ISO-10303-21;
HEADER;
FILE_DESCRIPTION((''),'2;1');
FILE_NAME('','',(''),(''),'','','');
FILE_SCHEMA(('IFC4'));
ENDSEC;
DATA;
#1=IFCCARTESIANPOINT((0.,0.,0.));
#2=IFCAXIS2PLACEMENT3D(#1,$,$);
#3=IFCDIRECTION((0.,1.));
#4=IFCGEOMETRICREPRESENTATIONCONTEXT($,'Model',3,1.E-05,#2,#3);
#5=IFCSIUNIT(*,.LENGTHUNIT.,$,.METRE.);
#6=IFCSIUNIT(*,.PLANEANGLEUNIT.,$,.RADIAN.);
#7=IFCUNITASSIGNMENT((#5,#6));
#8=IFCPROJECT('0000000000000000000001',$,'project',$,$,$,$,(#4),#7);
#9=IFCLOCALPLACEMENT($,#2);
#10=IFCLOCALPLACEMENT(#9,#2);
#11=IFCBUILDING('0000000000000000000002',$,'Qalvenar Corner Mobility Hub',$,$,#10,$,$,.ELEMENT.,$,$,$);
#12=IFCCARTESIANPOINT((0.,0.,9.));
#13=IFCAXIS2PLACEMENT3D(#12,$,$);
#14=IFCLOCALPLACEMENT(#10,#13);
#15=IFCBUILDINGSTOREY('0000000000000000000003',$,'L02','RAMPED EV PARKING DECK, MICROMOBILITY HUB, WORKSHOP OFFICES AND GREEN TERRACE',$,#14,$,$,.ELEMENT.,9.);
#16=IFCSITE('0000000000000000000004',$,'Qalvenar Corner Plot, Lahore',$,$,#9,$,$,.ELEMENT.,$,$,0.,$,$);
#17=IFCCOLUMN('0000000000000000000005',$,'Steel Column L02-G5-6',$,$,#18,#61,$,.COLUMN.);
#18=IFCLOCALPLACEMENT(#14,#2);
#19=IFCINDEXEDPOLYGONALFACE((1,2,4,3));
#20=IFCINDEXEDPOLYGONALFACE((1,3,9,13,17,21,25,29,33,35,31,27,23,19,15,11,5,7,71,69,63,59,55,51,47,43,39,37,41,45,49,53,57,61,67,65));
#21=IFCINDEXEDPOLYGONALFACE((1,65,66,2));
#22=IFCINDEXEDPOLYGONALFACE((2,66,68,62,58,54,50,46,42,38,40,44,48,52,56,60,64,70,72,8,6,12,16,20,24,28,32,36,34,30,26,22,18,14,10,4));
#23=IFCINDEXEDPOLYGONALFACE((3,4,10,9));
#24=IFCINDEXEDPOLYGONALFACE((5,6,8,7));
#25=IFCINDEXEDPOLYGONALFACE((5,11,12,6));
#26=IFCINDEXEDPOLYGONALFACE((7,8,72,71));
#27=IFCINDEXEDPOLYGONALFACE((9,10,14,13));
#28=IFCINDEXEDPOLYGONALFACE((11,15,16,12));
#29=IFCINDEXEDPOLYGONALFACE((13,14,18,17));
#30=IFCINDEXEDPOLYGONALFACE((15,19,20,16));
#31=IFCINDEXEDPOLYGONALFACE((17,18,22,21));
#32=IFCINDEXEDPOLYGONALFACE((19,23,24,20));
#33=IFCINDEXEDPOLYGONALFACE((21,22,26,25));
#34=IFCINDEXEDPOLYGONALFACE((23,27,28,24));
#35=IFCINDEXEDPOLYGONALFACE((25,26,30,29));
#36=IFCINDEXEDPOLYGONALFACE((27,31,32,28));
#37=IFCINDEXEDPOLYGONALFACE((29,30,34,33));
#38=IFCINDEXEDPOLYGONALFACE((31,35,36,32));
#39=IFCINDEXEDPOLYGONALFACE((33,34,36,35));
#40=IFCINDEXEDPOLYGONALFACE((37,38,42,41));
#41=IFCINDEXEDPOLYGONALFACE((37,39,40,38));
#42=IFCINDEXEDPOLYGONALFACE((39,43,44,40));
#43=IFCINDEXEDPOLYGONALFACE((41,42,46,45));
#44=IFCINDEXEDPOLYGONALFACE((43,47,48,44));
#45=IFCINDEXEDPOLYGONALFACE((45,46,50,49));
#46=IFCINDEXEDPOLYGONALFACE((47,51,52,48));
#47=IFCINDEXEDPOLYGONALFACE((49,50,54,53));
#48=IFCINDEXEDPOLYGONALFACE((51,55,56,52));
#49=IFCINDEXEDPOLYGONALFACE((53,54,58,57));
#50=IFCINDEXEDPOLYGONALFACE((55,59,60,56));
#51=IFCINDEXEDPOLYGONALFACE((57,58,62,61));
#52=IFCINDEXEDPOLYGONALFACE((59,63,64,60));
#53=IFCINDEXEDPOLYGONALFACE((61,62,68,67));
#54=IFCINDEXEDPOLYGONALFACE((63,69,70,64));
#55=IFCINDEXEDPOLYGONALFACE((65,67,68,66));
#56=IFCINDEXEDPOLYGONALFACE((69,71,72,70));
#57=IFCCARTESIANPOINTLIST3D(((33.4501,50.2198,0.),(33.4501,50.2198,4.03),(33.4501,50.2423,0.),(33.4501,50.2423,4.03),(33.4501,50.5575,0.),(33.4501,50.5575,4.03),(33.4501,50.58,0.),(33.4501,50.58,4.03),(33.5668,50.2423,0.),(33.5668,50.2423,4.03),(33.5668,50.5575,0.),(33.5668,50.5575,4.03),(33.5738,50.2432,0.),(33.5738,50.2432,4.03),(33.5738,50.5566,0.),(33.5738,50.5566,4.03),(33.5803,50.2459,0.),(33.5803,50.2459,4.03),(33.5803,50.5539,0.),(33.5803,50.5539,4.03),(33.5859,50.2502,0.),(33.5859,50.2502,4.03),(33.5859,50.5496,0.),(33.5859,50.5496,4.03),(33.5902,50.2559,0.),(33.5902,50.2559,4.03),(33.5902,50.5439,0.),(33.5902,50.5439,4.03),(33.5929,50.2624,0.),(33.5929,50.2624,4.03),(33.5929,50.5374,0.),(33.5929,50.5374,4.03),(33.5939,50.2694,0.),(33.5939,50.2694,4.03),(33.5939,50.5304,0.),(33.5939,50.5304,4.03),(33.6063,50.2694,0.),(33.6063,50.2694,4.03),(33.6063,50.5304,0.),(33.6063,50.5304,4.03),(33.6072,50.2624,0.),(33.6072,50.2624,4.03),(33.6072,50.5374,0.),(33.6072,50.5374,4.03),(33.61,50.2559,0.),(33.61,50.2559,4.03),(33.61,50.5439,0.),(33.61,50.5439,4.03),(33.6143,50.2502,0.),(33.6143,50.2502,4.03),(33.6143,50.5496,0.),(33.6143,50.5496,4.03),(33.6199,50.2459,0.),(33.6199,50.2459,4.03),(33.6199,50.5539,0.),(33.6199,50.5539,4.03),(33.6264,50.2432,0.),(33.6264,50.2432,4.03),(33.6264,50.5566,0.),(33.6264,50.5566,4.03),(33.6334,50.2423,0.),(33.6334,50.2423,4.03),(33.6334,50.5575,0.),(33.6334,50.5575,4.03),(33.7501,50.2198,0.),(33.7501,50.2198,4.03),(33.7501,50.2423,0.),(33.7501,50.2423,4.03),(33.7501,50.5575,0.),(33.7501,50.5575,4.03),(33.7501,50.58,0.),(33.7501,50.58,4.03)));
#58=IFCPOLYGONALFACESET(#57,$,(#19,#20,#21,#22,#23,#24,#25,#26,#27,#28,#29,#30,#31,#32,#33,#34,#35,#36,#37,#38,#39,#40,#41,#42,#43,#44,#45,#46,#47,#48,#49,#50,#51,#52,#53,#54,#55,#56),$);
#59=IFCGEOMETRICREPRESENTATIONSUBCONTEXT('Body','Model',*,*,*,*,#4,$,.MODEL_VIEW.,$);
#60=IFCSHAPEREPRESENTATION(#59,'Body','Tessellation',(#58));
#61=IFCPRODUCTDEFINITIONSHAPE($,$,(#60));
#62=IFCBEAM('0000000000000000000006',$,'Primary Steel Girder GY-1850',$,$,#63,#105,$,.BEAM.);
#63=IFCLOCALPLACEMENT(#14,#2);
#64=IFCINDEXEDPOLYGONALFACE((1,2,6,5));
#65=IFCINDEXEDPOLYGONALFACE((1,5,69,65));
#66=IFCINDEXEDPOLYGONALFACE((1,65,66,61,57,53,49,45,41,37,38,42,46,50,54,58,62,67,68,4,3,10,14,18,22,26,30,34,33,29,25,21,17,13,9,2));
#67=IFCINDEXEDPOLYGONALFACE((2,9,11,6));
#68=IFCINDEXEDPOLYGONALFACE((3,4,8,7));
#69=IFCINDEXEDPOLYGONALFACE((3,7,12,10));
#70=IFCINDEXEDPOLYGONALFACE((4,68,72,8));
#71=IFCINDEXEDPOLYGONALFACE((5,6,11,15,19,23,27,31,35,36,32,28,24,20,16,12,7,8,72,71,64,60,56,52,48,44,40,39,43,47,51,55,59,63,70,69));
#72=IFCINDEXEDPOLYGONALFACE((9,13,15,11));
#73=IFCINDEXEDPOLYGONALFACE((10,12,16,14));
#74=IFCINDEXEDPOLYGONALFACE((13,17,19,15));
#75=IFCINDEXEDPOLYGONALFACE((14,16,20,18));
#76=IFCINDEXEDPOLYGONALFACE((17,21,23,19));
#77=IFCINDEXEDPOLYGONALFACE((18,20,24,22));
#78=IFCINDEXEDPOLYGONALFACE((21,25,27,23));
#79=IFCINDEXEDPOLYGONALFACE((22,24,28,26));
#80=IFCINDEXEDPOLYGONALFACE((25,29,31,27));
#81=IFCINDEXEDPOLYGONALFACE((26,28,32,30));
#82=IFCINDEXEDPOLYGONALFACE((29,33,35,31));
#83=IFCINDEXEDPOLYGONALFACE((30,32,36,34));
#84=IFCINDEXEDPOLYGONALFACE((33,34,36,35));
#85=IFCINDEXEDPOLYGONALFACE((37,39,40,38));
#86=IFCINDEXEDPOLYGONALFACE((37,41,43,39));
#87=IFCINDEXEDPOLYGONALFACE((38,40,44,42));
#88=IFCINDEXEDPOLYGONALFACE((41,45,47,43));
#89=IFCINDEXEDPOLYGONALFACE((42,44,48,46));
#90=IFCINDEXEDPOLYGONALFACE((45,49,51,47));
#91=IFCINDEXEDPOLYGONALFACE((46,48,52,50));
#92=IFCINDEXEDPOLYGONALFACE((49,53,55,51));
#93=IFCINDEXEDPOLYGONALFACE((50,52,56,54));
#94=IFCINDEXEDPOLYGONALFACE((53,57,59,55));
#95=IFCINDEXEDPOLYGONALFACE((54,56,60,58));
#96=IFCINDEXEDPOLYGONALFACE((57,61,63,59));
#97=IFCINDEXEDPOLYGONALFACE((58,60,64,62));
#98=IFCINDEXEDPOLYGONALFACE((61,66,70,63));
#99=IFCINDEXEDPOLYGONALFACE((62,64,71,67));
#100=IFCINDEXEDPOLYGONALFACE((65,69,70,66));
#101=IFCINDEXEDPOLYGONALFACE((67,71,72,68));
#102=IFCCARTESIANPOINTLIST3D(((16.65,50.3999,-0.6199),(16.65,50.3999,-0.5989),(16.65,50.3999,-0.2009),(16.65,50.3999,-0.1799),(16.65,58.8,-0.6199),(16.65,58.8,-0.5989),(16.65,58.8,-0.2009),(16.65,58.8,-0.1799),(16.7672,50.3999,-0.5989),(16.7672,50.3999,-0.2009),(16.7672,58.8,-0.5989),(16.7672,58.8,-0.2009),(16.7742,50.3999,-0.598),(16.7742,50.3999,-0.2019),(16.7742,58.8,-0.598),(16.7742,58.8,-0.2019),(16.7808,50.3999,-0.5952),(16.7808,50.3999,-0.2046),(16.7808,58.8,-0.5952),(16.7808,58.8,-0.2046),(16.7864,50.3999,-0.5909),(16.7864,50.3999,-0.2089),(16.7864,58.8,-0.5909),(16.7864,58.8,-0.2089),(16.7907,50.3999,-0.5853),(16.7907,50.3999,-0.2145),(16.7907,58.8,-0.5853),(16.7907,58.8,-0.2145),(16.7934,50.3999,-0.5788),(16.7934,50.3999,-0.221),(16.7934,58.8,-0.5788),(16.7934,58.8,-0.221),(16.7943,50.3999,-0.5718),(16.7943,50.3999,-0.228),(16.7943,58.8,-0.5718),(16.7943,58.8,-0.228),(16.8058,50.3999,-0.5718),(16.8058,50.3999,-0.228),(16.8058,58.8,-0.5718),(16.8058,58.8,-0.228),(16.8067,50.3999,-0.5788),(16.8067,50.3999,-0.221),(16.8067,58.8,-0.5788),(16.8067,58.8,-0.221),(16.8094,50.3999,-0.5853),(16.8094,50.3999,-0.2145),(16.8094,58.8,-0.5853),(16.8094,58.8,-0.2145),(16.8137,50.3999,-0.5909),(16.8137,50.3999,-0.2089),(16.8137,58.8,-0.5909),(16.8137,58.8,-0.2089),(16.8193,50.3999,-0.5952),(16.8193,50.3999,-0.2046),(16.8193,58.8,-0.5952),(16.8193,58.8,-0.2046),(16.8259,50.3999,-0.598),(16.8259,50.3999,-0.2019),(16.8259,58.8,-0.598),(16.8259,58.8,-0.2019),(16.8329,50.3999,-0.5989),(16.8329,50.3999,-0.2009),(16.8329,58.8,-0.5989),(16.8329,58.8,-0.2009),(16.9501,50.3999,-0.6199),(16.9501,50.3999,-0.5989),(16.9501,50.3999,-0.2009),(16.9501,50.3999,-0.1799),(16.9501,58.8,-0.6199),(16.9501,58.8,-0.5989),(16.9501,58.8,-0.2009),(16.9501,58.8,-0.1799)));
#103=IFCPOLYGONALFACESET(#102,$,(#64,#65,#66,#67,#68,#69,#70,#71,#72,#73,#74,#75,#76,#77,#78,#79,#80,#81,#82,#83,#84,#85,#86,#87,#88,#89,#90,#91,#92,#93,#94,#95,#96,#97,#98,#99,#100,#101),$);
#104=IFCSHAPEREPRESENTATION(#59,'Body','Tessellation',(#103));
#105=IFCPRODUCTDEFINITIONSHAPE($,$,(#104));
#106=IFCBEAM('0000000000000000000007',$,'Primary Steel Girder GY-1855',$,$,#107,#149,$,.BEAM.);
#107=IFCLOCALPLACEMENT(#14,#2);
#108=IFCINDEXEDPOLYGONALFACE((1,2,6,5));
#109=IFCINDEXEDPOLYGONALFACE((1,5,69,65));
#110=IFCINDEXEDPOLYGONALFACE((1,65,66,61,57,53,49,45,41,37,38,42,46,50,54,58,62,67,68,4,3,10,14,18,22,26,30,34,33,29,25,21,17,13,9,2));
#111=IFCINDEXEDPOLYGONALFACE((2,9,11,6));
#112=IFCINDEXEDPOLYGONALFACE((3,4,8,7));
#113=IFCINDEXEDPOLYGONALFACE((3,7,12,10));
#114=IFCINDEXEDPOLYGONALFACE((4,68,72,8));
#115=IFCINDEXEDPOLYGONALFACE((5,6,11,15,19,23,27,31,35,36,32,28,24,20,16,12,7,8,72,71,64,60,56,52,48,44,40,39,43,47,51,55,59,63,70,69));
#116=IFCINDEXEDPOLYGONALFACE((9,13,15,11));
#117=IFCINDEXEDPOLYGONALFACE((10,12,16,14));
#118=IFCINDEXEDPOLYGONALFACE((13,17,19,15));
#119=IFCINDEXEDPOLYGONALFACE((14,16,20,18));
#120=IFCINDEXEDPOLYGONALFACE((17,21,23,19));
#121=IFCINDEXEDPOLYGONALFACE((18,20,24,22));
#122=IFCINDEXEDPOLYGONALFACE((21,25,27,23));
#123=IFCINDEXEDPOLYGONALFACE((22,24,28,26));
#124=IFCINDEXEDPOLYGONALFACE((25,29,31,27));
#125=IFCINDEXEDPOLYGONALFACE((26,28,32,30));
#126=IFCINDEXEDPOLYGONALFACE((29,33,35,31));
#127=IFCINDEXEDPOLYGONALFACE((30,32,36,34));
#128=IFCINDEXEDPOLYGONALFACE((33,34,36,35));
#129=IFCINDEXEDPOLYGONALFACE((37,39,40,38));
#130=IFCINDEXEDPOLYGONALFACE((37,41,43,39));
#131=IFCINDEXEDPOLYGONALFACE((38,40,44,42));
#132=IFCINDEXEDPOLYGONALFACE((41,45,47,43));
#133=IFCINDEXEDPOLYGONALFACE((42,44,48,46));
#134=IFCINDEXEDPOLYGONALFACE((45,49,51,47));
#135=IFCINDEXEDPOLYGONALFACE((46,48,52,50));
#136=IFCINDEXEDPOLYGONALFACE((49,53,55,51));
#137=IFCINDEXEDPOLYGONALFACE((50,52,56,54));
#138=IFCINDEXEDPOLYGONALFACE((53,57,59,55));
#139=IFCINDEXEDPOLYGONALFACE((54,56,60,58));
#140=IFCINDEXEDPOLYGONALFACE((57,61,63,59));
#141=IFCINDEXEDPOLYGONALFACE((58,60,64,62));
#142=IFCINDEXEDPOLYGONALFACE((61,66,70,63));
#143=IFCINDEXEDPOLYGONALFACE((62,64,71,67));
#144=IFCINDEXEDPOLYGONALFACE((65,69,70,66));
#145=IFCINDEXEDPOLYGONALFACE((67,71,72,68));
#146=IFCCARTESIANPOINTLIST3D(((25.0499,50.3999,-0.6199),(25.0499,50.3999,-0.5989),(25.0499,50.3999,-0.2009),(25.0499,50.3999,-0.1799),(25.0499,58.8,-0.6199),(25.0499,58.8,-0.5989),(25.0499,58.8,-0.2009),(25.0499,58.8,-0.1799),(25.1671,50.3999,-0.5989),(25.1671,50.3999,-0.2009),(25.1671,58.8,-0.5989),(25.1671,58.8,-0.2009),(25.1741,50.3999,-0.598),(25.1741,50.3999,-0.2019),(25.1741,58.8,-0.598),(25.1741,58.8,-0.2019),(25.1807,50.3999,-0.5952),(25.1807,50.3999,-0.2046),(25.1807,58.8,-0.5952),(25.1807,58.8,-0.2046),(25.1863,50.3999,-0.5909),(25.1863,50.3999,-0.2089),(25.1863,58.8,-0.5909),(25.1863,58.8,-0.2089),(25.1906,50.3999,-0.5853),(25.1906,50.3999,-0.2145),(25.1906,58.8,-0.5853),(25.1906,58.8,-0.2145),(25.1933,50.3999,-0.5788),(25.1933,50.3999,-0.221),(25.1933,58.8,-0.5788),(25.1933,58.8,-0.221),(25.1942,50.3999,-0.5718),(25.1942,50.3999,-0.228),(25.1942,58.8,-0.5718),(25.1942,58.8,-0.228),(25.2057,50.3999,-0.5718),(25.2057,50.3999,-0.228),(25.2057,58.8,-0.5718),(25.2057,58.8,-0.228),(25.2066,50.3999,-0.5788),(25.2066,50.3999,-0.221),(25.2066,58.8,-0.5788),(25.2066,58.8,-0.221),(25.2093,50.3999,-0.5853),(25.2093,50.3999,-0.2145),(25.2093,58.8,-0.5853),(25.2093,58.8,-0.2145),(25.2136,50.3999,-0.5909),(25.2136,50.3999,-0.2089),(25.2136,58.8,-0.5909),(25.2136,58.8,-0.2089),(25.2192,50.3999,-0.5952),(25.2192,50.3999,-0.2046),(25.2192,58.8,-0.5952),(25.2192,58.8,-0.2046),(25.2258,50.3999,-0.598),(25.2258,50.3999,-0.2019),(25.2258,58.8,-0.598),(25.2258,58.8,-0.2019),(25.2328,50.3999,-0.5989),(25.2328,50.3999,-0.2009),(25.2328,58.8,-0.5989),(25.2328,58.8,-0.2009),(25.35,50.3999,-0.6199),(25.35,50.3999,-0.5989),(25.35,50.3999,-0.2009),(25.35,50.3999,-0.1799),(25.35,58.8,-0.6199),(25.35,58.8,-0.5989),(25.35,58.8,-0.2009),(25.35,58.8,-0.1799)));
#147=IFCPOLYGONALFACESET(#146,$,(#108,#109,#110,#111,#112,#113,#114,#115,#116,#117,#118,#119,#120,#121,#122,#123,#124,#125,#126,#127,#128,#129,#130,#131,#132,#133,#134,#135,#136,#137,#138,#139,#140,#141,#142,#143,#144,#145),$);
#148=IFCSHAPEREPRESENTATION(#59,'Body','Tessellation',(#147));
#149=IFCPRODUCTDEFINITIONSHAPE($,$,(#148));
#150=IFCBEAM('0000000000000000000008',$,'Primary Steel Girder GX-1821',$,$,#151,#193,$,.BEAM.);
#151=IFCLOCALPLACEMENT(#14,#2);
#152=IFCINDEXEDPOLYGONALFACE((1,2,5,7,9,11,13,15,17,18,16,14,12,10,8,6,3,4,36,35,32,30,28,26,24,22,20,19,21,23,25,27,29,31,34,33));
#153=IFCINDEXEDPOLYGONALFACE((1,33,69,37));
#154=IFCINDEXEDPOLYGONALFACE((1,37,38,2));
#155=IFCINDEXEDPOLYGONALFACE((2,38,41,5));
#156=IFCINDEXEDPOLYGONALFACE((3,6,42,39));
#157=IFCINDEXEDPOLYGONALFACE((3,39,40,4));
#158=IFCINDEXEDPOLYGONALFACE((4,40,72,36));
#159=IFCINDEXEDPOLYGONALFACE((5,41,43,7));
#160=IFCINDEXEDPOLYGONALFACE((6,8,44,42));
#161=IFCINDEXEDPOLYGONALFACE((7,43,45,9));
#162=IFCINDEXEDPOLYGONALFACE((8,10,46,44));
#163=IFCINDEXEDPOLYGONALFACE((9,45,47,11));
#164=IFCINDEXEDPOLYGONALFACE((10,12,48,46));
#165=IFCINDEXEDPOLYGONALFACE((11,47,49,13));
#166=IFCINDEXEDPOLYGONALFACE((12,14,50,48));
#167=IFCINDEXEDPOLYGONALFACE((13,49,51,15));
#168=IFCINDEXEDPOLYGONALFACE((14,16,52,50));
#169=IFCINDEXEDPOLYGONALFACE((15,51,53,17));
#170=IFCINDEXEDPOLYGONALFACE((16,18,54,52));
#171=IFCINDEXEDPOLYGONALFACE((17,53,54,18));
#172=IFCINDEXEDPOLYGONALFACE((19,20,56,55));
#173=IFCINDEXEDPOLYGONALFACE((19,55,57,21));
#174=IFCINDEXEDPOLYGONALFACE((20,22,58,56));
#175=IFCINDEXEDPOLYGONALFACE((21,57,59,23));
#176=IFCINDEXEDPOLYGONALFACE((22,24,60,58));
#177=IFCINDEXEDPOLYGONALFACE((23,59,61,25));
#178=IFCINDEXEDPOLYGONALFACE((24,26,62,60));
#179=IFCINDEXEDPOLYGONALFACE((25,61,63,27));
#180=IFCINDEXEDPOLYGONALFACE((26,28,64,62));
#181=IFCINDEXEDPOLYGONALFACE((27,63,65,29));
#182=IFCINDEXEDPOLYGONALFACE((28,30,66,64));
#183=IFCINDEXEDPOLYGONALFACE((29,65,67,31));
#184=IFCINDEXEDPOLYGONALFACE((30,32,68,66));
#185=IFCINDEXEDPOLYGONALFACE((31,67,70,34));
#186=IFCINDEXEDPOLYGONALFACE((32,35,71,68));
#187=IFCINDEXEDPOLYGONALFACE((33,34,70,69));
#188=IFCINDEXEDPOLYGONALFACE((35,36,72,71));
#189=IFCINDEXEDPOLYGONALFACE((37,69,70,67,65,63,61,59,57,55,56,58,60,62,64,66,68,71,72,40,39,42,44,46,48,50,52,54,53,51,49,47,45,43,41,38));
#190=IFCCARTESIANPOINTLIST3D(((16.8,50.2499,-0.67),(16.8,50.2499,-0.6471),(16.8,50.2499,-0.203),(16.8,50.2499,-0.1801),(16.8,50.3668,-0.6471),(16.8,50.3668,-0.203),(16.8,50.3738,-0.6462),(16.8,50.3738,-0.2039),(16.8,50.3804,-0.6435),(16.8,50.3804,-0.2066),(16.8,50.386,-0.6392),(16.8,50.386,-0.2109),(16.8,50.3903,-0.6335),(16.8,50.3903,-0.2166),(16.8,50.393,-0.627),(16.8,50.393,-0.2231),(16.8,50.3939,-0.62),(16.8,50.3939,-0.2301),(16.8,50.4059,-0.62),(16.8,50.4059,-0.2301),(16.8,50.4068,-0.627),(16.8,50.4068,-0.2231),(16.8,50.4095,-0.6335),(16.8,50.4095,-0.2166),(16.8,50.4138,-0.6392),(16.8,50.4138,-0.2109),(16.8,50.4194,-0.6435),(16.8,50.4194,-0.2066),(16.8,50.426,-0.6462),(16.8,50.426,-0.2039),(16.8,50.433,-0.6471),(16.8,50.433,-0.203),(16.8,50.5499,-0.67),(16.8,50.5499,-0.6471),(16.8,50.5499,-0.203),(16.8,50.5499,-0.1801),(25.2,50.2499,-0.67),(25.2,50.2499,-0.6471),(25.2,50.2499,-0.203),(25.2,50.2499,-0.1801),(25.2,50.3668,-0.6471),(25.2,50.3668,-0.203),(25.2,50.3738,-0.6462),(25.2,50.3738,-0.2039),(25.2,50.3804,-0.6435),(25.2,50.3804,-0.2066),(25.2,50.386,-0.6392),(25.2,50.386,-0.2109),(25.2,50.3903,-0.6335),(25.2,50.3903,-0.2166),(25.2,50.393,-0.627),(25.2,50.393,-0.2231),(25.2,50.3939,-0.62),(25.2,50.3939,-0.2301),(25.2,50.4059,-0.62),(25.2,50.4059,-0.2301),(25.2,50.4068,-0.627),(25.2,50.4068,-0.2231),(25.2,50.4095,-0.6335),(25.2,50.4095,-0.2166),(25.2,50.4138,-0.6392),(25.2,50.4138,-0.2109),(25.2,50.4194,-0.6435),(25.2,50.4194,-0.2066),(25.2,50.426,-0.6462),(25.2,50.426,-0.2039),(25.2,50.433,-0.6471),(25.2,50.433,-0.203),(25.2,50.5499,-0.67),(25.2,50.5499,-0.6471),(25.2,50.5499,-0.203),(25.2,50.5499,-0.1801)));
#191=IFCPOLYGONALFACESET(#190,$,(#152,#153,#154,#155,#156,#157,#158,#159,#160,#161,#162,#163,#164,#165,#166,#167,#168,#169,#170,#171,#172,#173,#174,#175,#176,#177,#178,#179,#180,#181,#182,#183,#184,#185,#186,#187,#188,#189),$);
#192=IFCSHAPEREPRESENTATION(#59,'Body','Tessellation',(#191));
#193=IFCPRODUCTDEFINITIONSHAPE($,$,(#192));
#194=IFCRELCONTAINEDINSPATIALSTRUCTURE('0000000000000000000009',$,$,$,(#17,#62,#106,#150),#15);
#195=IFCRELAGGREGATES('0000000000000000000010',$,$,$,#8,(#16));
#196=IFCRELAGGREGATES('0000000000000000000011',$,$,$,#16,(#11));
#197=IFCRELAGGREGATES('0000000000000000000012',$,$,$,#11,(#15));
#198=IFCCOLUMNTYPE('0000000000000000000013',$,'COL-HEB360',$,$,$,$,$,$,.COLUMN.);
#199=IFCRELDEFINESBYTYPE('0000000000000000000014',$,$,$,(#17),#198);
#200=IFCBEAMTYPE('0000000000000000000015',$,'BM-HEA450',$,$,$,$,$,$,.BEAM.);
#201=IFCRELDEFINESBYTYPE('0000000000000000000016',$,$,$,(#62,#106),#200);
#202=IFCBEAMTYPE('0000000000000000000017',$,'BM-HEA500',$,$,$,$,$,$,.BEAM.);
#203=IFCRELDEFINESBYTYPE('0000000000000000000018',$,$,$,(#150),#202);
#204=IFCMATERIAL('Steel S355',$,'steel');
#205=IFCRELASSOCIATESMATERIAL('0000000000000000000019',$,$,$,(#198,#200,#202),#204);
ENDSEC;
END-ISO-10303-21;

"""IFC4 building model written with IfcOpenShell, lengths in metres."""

from ifc_helpers import new_model, si_unit, direction, frame, origin, origin_2d, place, context, subcontext, project, spatial, i_section, extrude, material, material_profile, profile_set, type_object, element, save


model = new_model("IFC4")

# Units and contexts
model_context = context("Model", 3, precision=1e-05, world=origin(), true_north=direction((0.0, 1.0)))
body_context = subcontext(model_context, "Body", "Model", "MODEL_VIEW")
ifc_project = project(units=[si_unit("LENGTHUNIT", "METRE"), si_unit("PLANEANGLEUNIT", "RADIAN")], contexts=[model_context])

# Site, building, storey
site_placement = place(None, origin())
site = spatial("IfcSite", under=ifc_project, at=site_placement, Name="Qalvenar Corner Plot, Lahore", CompositionType="ELEMENT", RefElevation=0.0)
building_placement = place(site_placement, origin())
building = spatial("IfcBuilding", under=site, at=building_placement, Name="Qalvenar Corner Mobility Hub", CompositionType="ELEMENT")
storey_placement = place(building_placement, frame((0.0, 0.0, 9.0)))
storey = spatial("IfcBuildingStorey", under=building, at=storey_placement, Name="L02", Description="RAMPED EV PARKING DECK, MICROMOBILITY HUB, WORKSHOP OFFICES AND GREEN TERRACE", CompositionType="ELEMENT", Elevation=9.0)

# Column
ifc_material_1 = material(Name="Steel S355", Category="steel")
ifc_material_profile_1 = material_profile(ifc_material_1, i_section(OverallWidth=0.3, OverallDepth=0.3601, WebThickness=0.0125, FlangeThickness=0.0225, FilletRadius=0.0271, at=origin_2d()), Name="HEB360")
ifc_profile_set_1 = profile_set([ifc_material_profile_1], Name="Steel S355")
column_type_1 = type_object("IfcColumnType", Name="COL-HEB360", PredefinedType="COLUMN", material=ifc_profile_set_1)
for number, where, z_axis, x_axis, name in (
    (1, (33.6001, 50.3999, 0.0), (0.0, 0.0, 1.0), (1.0, 0.0, 0.0), "Steel Column L02-G5-6"),
):
    element("IfcColumn", number, at=place(storey_placement, frame(where, z_axis=z_axis, x_axis=x_axis)), inside=storey, type_object=column_type_1, Name=name, PredefinedType="COLUMN", context=body_context, shape_type="SweptSolid", body=[
        extrude(i_section(OverallWidth=0.3, OverallDepth=0.3601, WebThickness=0.0125, FlangeThickness=0.0225, FilletRadius=0.0271, at=origin_2d()), origin(), (0.0, 0.0, 1.0), 4.03),
    ])

# Beams
ifc_material_profile_2 = material_profile(ifc_material_1, i_section(OverallWidth=0.3, OverallDepth=0.4399, WebThickness=0.0115, FlangeThickness=0.021, FilletRadius=0.0271, at=origin_2d()), Name="HEA450")
ifc_profile_set_2 = profile_set([ifc_material_profile_2], Name="Steel S355")
beam_type_1 = type_object("IfcBeamType", Name="BM-HEA450", PredefinedType="BEAM", material=ifc_profile_set_2)
for number, where, z_axis, x_axis, name in (
    (2, (16.8, 50.3999, -0.3999), (0.0, 1.0, 0.0), (-1.0, 0.0, 0.0), "Primary Steel Girder GY-1850"),
    (3, (25.2, 50.3999, -0.3999), (0.0, 1.0, 0.0), (-1.0, 0.0, 0.0), "Primary Steel Girder GY-1855"),
):
    element("IfcBeam", number, at=place(storey_placement, frame(where, z_axis=z_axis, x_axis=x_axis)), inside=storey, type_object=beam_type_1, Name=name, PredefinedType="BEAM", context=body_context, shape_type="SweptSolid", body=[
        extrude(i_section(OverallWidth=0.3, OverallDepth=0.4399, WebThickness=0.0115, FlangeThickness=0.021, FilletRadius=0.0271, at=origin_2d()), origin(), (0.0, 0.0, 1.0), 8.4001),
    ])
ifc_material_profile_3 = material_profile(ifc_material_1, i_section(OverallWidth=0.3, OverallDepth=0.49, WebThickness=0.012, FlangeThickness=0.0229, FilletRadius=0.0271, at=origin_2d()), Name="HEA500")
ifc_profile_set_3 = profile_set([ifc_material_profile_3], Name="Steel S355")
beam_type_2 = type_object("IfcBeamType", Name="BM-HEA500", PredefinedType="BEAM", material=ifc_profile_set_3)
beam_1_placement = place(storey_placement, frame((16.8, 50.3999, -0.425), z_axis=(1.0, 0.0, 0.0), x_axis=(0.0, 1.0, 0.0)))
element("IfcBeam", 4, at=beam_1_placement, inside=storey, type_object=beam_type_2, Name="Primary Steel Girder GX-1821", PredefinedType="BEAM", context=body_context, shape_type="SweptSolid", body=[
    extrude(i_section(OverallWidth=0.3, OverallDepth=0.49, WebThickness=0.012, FlangeThickness=0.0229, FilletRadius=0.0271, at=origin_2d()), origin(), (0.0, 0.0, 1.0), 8.3999),
])

save(model, "model.ifc")
